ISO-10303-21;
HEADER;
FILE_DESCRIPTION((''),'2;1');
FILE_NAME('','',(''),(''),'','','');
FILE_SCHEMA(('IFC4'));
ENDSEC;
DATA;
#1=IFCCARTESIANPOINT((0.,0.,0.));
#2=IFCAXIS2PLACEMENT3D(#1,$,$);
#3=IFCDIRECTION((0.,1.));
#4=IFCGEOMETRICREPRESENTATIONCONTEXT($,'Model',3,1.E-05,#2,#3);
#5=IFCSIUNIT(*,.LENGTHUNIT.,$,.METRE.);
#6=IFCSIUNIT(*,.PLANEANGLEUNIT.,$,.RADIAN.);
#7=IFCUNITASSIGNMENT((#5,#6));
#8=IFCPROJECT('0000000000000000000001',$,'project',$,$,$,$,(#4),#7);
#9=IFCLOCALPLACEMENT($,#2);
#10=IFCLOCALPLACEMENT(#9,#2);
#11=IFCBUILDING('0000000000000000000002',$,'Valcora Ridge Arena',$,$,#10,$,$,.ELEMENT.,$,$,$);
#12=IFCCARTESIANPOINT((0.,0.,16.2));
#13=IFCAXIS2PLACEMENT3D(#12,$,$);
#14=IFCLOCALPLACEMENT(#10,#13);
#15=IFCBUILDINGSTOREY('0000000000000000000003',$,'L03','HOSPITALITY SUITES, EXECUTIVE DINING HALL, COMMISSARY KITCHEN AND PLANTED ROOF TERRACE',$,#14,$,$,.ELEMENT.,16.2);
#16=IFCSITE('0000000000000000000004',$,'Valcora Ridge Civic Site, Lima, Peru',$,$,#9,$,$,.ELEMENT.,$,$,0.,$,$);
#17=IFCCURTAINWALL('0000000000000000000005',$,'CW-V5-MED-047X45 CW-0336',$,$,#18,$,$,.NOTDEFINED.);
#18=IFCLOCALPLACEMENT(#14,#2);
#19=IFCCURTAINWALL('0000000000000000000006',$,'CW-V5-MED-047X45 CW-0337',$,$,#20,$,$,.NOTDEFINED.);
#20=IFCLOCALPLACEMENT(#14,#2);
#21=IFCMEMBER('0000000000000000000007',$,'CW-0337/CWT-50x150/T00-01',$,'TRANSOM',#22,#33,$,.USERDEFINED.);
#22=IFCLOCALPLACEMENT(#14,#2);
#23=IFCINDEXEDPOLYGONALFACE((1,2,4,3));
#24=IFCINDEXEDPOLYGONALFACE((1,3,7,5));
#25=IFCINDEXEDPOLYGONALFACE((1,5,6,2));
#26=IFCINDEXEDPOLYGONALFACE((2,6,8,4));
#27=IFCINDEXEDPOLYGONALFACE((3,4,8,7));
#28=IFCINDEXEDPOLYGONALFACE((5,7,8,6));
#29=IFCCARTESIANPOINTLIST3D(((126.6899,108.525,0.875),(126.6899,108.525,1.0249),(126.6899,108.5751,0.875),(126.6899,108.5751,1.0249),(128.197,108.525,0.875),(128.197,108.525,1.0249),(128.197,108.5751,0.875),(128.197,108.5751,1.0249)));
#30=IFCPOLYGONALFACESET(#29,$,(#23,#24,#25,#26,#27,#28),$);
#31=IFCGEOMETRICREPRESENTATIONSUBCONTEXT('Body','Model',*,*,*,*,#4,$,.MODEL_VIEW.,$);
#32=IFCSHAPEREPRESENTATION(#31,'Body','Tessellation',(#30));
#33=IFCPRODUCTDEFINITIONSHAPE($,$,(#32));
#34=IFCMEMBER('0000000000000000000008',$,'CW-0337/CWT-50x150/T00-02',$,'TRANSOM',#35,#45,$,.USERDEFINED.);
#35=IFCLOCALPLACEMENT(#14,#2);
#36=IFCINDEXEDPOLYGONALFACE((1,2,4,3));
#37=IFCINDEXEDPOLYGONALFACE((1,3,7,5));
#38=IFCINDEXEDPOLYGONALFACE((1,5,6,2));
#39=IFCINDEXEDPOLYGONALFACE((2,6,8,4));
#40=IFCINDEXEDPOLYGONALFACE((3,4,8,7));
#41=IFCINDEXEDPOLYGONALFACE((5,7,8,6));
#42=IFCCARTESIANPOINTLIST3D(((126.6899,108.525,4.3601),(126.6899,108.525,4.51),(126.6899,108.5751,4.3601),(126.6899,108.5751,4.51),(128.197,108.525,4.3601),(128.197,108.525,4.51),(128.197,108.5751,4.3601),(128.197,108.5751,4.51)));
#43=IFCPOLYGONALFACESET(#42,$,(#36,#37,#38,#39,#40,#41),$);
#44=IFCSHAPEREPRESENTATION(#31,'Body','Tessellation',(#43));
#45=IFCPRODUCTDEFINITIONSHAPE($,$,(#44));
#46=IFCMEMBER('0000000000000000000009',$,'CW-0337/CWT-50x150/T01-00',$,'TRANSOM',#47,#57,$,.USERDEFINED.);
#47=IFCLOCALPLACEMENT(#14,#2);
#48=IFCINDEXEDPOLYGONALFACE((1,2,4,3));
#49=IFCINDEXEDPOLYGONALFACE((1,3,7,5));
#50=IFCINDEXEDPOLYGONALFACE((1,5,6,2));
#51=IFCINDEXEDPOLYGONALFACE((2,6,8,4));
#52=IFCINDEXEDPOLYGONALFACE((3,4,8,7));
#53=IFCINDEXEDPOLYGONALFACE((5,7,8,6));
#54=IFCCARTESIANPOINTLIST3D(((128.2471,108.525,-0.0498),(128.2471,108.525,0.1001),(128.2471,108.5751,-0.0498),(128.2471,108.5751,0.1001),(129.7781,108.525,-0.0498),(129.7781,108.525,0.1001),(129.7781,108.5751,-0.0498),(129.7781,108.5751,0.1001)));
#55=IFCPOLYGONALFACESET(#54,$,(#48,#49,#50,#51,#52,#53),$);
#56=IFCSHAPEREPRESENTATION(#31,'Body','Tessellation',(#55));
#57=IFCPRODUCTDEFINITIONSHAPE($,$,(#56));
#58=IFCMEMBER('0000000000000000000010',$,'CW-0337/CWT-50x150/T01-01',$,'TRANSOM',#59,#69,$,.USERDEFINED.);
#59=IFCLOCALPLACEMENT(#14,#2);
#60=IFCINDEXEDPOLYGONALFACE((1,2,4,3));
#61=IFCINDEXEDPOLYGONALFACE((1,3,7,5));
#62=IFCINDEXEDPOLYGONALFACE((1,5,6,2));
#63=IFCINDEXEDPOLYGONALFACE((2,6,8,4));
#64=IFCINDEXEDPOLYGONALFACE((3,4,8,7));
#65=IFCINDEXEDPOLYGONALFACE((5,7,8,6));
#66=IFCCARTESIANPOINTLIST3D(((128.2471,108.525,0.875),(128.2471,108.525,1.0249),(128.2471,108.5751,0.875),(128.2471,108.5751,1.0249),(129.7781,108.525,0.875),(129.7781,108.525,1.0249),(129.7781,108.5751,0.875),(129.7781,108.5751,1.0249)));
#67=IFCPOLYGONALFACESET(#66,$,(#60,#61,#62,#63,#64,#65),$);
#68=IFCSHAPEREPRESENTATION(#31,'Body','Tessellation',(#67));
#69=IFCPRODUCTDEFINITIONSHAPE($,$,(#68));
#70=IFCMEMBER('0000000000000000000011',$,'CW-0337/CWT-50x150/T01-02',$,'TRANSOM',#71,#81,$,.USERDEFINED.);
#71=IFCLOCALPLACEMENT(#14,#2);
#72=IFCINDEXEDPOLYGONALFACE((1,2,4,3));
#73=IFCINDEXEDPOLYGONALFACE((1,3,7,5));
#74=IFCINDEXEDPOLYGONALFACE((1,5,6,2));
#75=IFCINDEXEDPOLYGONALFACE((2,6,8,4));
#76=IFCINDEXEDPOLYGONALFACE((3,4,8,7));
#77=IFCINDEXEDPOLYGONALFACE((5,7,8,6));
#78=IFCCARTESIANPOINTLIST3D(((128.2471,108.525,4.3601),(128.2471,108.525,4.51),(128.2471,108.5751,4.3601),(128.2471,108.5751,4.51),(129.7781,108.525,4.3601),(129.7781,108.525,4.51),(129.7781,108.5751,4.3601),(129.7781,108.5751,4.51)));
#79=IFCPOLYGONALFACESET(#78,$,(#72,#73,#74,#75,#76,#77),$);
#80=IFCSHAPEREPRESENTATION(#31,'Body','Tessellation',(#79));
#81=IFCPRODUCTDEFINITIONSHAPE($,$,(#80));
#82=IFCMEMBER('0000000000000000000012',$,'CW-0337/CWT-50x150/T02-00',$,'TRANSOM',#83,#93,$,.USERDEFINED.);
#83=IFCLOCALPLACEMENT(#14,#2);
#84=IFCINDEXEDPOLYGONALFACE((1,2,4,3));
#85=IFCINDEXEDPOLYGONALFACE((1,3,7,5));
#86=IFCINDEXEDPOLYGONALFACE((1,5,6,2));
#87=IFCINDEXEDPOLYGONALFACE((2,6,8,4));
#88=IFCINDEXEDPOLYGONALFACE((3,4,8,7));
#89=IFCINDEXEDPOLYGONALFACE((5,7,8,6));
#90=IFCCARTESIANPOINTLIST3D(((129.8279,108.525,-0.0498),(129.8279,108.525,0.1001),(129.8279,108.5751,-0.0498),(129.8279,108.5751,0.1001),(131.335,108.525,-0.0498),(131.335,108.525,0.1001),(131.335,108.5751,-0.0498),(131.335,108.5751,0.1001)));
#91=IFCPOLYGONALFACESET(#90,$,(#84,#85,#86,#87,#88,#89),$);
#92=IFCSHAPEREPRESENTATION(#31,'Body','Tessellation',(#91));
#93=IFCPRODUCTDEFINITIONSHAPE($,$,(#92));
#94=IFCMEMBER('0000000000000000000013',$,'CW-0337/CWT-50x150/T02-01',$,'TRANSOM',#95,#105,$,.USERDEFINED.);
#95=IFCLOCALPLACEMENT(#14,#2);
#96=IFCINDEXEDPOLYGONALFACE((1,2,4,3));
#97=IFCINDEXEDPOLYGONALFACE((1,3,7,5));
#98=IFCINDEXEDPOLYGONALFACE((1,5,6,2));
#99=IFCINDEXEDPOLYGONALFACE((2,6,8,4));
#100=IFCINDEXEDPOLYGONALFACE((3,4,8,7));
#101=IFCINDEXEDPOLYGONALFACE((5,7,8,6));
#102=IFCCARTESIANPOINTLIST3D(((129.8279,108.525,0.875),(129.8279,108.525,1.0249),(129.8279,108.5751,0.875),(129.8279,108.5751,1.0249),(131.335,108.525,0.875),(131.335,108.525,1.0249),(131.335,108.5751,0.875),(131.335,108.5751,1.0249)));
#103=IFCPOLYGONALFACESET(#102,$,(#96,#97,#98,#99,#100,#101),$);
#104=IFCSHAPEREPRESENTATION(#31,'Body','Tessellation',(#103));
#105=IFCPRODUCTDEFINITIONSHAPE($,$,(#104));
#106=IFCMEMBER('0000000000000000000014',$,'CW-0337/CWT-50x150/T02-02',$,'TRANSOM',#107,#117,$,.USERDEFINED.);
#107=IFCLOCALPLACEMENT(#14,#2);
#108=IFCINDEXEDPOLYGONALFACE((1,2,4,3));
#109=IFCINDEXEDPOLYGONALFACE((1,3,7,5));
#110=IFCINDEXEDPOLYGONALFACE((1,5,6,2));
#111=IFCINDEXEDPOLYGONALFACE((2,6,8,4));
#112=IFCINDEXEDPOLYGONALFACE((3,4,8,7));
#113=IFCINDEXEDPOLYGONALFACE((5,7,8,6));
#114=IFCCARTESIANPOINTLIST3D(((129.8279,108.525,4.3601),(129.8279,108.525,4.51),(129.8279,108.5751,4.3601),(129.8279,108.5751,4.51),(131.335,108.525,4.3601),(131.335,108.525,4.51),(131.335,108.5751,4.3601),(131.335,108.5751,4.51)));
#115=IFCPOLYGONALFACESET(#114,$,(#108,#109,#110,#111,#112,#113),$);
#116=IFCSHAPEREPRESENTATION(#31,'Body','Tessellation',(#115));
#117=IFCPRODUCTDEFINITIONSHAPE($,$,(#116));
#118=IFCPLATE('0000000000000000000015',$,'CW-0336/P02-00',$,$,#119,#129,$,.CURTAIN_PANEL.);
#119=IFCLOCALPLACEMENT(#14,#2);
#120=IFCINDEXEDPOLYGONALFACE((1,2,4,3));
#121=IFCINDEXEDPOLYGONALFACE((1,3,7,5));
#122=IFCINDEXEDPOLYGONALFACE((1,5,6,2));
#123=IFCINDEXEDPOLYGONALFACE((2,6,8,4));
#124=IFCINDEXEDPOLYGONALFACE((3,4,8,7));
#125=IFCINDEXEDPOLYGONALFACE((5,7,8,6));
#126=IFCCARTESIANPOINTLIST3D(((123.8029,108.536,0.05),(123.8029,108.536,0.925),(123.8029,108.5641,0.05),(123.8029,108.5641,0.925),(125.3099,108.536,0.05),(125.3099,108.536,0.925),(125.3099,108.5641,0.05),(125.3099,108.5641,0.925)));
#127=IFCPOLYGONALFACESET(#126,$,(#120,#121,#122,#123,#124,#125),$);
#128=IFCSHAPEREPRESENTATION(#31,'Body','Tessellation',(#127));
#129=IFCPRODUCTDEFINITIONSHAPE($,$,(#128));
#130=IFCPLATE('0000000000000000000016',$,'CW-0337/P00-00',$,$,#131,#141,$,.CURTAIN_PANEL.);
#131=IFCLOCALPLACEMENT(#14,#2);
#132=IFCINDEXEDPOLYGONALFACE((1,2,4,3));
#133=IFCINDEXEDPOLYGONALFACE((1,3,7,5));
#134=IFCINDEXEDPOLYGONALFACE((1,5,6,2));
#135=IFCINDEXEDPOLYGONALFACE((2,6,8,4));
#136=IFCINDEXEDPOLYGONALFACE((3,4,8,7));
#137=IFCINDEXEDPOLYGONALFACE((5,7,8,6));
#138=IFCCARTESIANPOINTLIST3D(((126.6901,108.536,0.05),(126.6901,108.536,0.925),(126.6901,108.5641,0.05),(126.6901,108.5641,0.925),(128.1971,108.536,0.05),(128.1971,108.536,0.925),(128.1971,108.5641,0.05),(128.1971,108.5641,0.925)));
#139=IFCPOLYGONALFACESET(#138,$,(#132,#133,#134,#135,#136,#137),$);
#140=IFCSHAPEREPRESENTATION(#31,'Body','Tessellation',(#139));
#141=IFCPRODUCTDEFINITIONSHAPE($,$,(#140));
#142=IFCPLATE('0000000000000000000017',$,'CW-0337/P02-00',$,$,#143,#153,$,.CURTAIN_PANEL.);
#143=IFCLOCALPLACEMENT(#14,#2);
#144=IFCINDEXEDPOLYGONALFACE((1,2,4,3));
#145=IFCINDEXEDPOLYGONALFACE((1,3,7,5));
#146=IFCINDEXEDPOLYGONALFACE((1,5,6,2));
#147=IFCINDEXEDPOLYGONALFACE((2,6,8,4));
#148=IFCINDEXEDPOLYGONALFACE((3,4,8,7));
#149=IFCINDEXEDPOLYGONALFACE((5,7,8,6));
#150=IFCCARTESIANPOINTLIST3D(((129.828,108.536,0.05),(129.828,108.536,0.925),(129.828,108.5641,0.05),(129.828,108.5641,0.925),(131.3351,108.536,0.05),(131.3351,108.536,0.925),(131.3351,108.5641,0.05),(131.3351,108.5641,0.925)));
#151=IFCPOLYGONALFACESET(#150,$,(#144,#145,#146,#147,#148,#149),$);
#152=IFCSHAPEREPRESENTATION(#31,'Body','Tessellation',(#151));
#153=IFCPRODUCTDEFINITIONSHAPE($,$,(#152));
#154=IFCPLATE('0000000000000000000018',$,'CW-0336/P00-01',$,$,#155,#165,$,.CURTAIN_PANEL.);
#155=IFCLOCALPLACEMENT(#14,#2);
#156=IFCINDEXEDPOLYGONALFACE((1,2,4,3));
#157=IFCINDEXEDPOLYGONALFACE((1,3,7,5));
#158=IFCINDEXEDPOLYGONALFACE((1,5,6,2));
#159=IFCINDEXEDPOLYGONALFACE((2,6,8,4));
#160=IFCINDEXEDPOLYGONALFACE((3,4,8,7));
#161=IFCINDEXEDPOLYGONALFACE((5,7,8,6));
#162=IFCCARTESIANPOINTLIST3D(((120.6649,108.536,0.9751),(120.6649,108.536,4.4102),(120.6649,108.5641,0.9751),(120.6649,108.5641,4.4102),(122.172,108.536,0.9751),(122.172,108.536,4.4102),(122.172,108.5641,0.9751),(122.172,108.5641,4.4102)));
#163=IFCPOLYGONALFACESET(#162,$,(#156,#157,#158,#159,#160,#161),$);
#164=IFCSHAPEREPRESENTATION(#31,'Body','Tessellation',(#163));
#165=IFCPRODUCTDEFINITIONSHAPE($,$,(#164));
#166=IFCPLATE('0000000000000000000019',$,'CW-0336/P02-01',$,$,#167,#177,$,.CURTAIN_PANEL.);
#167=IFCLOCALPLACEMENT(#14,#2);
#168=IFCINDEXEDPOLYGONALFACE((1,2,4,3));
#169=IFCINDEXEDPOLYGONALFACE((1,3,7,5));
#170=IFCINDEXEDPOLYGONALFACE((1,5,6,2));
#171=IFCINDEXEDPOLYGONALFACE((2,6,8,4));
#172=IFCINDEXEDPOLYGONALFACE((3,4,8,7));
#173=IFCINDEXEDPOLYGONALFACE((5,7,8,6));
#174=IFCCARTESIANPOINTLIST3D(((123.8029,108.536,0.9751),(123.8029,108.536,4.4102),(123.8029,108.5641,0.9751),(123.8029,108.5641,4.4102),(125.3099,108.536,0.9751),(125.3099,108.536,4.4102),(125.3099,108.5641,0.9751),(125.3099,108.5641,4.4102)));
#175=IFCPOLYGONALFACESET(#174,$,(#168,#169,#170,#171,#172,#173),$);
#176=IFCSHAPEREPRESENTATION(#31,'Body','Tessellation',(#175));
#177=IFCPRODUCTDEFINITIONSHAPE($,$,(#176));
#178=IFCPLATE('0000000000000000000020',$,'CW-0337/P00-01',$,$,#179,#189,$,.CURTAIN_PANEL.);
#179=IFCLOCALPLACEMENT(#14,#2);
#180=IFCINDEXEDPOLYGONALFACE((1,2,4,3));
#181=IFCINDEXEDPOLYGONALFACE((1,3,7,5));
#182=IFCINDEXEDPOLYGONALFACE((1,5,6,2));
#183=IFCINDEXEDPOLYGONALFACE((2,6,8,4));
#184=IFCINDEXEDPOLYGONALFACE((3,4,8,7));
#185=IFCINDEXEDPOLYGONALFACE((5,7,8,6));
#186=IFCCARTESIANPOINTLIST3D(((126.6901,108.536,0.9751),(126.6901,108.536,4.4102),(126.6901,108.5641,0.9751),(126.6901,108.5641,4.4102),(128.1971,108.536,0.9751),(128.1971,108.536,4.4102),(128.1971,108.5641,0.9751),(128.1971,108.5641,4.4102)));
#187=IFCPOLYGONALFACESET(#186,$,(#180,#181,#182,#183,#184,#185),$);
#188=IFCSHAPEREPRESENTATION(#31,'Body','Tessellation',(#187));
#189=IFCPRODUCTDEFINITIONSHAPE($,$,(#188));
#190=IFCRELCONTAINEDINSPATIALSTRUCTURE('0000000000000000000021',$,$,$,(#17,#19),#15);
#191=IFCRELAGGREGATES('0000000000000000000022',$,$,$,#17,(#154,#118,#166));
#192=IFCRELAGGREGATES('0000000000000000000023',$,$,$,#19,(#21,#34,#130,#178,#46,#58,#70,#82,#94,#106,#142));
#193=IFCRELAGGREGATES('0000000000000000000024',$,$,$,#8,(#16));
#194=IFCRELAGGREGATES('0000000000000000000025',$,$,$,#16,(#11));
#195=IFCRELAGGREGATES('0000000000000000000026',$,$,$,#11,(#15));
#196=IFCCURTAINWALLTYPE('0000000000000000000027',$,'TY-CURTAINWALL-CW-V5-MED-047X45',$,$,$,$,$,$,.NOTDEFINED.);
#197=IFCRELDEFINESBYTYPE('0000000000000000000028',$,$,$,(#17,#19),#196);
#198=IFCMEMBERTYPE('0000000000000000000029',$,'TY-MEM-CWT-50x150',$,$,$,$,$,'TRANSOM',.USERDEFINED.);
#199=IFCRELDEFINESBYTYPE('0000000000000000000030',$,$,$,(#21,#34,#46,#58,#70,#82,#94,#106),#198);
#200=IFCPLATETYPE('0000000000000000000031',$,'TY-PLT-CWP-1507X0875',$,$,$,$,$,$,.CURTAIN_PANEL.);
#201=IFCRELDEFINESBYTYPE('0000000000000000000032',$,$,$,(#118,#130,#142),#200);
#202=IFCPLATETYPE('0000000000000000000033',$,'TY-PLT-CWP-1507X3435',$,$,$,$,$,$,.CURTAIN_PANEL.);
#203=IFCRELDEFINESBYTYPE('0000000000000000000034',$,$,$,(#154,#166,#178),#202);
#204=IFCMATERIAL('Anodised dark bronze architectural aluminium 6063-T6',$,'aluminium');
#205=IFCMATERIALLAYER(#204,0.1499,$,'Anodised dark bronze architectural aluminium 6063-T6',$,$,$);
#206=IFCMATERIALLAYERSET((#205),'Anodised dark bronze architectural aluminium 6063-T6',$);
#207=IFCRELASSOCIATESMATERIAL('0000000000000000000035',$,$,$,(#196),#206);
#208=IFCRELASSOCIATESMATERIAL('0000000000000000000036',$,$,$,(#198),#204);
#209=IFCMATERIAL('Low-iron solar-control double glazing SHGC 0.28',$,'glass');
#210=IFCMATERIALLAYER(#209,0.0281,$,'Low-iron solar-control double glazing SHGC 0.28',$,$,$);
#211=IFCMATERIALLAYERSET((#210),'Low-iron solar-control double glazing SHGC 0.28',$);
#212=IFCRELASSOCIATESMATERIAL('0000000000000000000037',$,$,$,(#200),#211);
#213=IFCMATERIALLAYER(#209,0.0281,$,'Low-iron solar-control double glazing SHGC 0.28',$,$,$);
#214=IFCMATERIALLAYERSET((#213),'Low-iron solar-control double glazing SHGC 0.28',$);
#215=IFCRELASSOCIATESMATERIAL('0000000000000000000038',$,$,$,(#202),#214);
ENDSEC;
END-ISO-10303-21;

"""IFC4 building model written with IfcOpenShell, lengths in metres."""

from ifc_helpers import new_model, si_unit, direction, frame, origin, origin_2d, place, context, subcontext, project, spatial, rectangle, extrude, material, layer, layer_set, material_profile, profile_set, type_object, element, aggregate, save


model = new_model("IFC4")

# Units and contexts
model_context = context("Model", 3, precision=1e-05, world=origin(), true_north=direction((0.0, 1.0)))
body_context = subcontext(model_context, "Body", "Model", "MODEL_VIEW")
ifc_project = project(units=[si_unit("LENGTHUNIT", "METRE"), si_unit("PLANEANGLEUNIT", "RADIAN")], contexts=[model_context])

# Site, building, storey
site_placement = place(None, origin())
site = spatial("IfcSite", under=ifc_project, at=site_placement, Name="Valcora Ridge Civic Site, Lima, Peru", CompositionType="ELEMENT", RefElevation=0.0)
building_placement = place(site_placement, origin())
building = spatial("IfcBuilding", under=site, at=building_placement, Name="Valcora Ridge Arena", CompositionType="ELEMENT")
storey_placement = place(building_placement, frame((0.0, 0.0, 16.2)))
storey = spatial("IfcBuildingStorey", under=building, at=storey_placement, Name="L03", Description="HOSPITALITY SUITES, EXECUTIVE DINING HALL, COMMISSARY KITCHEN AND PLANTED ROOF TERRACE", CompositionType="ELEMENT", Elevation=16.2)

# Curtain walls
ifc_material_1 = material(Name="Anodised dark bronze architectural aluminium 6063-T6", Category="aluminium")
ifc_layer_1 = layer(ifc_material_1, 0.1499, Name="Anodised dark bronze architectural aluminium 6063-T6")
ifc_layer_set_1 = layer_set([ifc_layer_1], Name="Anodised dark bronze architectural aluminium 6063-T6")
curtain_wall_type = type_object("IfcCurtainWallType", Name="TY-CURTAINWALL-CW-V5-MED-047X45", PredefinedType="NOTDEFINED", material=ifc_layer_set_1)
curtain_wall_1_placement = place(storey_placement, origin())
curtain_wall_1 = element("IfcCurtainWall", 1, at=curtain_wall_1_placement, inside=storey, type_object=curtain_wall_type, Name="CW-V5-MED-047X45 CW-0336", PredefinedType="NOTDEFINED")
curtain_wall_2_placement = place(storey_placement, origin())
curtain_wall_2 = element("IfcCurtainWall", 2, at=curtain_wall_2_placement, inside=storey, type_object=curtain_wall_type, Name="CW-V5-MED-047X45 CW-0337", PredefinedType="NOTDEFINED")

# Members
ifc_material_profile_1 = material_profile(ifc_material_1, rectangle(XDim=0.05, YDim=0.1499, at=origin_2d()), Name="ALU TRANSOM 50x150")
ifc_profile_set_1 = profile_set([ifc_material_profile_1], Name="Anodised dark bronze architectural aluminium 6063-T6")
member_type_1 = type_object("IfcMemberType", Name="TY-MEM-CWT-50x150", ElementType="TRANSOM", PredefinedType="USERDEFINED", material=ifc_profile_set_1)
member_1_placement = place(storey_placement, frame((126.6899, 108.55, 0.95), z_axis=(1.0, 0.0, 0.0), x_axis=(0.0, 1.0, 0.0)))
member_1 = element("IfcMember", 3, at=member_1_placement, type_object=member_type_1, Name="CW-0337/CWT-50x150/T00-01", ObjectType="TRANSOM", PredefinedType="USERDEFINED", context=body_context, shape_type="SweptSolid", body=[
    extrude(rectangle(XDim=0.05, YDim=0.1499, at=origin_2d()), origin(), (0.0, 0.0, 1.0), 1.5071),
])
member_2_placement = place(storey_placement, frame((126.6899, 108.55, 4.4351), z_axis=(1.0, 0.0, 0.0), x_axis=(0.0, 1.0, 0.0)))
member_2 = element("IfcMember", 4, at=member_2_placement, type_object=member_type_1, Name="CW-0337/CWT-50x150/T00-02", ObjectType="TRANSOM", PredefinedType="USERDEFINED", context=body_context, shape_type="SweptSolid", body=[
    extrude(rectangle(XDim=0.05, YDim=0.1499, at=origin_2d()), origin(), (0.0, 0.0, 1.0), 1.5071),
])
member_3_placement = place(storey_placement, frame((128.2471, 108.55, 0.0251), z_axis=(1.0, 0.0, 0.0), x_axis=(0.0, 1.0, 0.0)))
member_3 = element("IfcMember", 5, at=member_3_placement, type_object=member_type_1, Name="CW-0337/CWT-50x150/T01-00", ObjectType="TRANSOM", PredefinedType="USERDEFINED", context=body_context, shape_type="SweptSolid", body=[
    extrude(rectangle(XDim=0.05, YDim=0.1499, at=origin_2d()), origin(), (0.0, 0.0, 1.0), 1.531),
])
member_4_placement = place(storey_placement, frame((128.2471, 108.55, 0.95), z_axis=(1.0, 0.0, 0.0), x_axis=(0.0, 1.0, 0.0)))
member_4 = element("IfcMember", 6, at=member_4_placement, type_object=member_type_1, Name="CW-0337/CWT-50x150/T01-01", ObjectType="TRANSOM", PredefinedType="USERDEFINED", context=body_context, shape_type="SweptSolid", body=[
    extrude(rectangle(XDim=0.05, YDim=0.1499, at=origin_2d()), origin(), (0.0, 0.0, 1.0), 1.531),
])
member_5_placement = place(storey_placement, frame((128.2471, 108.55, 4.4351), z_axis=(1.0, 0.0, 0.0), x_axis=(0.0, 1.0, 0.0)))
member_5 = element("IfcMember", 7, at=member_5_placement, type_object=member_type_1, Name="CW-0337/CWT-50x150/T01-02", ObjectType="TRANSOM", PredefinedType="USERDEFINED", context=body_context, shape_type="SweptSolid", body=[
    extrude(rectangle(XDim=0.05, YDim=0.1499, at=origin_2d()), origin(), (0.0, 0.0, 1.0), 1.531),
])
member_6_placement = place(storey_placement, frame((129.8279, 108.55, 0.0251), z_axis=(1.0, 0.0, 0.0), x_axis=(0.0, 1.0, 0.0)))
member_6 = element("IfcMember", 8, at=member_6_placement, type_object=member_type_1, Name="CW-0337/CWT-50x150/T02-00", ObjectType="TRANSOM", PredefinedType="USERDEFINED", context=body_context, shape_type="SweptSolid", body=[
    extrude(rectangle(XDim=0.05, YDim=0.1499, at=origin_2d()), origin(), (0.0, 0.0, 1.0), 1.5071),
])
member_7_placement = place(storey_placement, frame((129.8279, 108.55, 0.95), z_axis=(1.0, 0.0, 0.0), x_axis=(0.0, 1.0, 0.0)))
member_7 = element("IfcMember", 9, at=member_7_placement, type_object=member_type_1, Name="CW-0337/CWT-50x150/T02-01", ObjectType="TRANSOM", PredefinedType="USERDEFINED", context=body_context, shape_type="SweptSolid", body=[
    extrude(rectangle(XDim=0.05, YDim=0.1499, at=origin_2d()), origin(), (0.0, 0.0, 1.0), 1.5071),
])
member_8_placement = place(storey_placement, frame((129.8279, 108.55, 4.4351), z_axis=(1.0, 0.0, 0.0), x_axis=(0.0, 1.0, 0.0)))
member_8 = element("IfcMember", 10, at=member_8_placement, type_object=member_type_1, Name="CW-0337/CWT-50x150/T02-02", ObjectType="TRANSOM", PredefinedType="USERDEFINED", context=body_context, shape_type="SweptSolid", body=[
    extrude(rectangle(XDim=0.05, YDim=0.1499, at=origin_2d()), origin(), (0.0, 0.0, 1.0), 1.5071),
])

# Plates
ifc_material_2 = material(Name="Low-iron solar-control double glazing SHGC 0.28", Category="glass")
ifc_layer_2 = layer(ifc_material_2, 0.0281, Name="Low-iron solar-control double glazing SHGC 0.28")
ifc_layer_set_2 = layer_set([ifc_layer_2], Name="Low-iron solar-control double glazing SHGC 0.28")
plate_type_1 = type_object("IfcPlateType", Name="TY-PLT-CWP-1507X0875", PredefinedType="CURTAIN_PANEL", material=ifc_layer_set_2)
plate_1_placement = place(storey_placement, frame((124.5564, 108.55, 0.05), z_axis=(0.0, 0.0, 1.0), x_axis=(1.0, 0.0, 0.0)))
plate_1 = element("IfcPlate", 11, at=plate_1_placement, type_object=plate_type_1, Name="CW-0336/P02-00", PredefinedType="CURTAIN_PANEL", context=body_context, shape_type="SweptSolid", body=[
    extrude(rectangle(XDim=1.5071, YDim=0.0281, at=origin_2d()), origin(), (0.0, 0.0, 1.0), 0.875),
])
plate_2_placement = place(storey_placement, frame((127.4436, 108.55, 0.05), z_axis=(0.0, 0.0, 1.0), x_axis=(1.0, 0.0, 0.0)))
plate_2 = element("IfcPlate", 12, at=plate_2_placement, type_object=plate_type_1, Name="CW-0337/P00-00", PredefinedType="CURTAIN_PANEL", context=body_context, shape_type="SweptSolid", body=[
    extrude(rectangle(XDim=1.5071, YDim=0.0281, at=origin_2d()), origin(), (0.0, 0.0, 1.0), 0.875),
])
plate_3_placement = place(storey_placement, frame((130.5815, 108.55, 0.05), z_axis=(0.0, 0.0, 1.0), x_axis=(1.0, 0.0, 0.0)))
plate_3 = element("IfcPlate", 13, at=plate_3_placement, type_object=plate_type_1, Name="CW-0337/P02-00", PredefinedType="CURTAIN_PANEL", context=body_context, shape_type="SweptSolid", body=[
    extrude(rectangle(XDim=1.5071, YDim=0.0281, at=origin_2d()), origin(), (0.0, 0.0, 1.0), 0.875),
])
ifc_layer_3 = layer(ifc_material_2, 0.0281, Name="Low-iron solar-control double glazing SHGC 0.28")
ifc_layer_set_3 = layer_set([ifc_layer_3], Name="Low-iron solar-control double glazing SHGC 0.28")
plate_type_2 = type_object("IfcPlateType", Name="TY-PLT-CWP-1507X3435", PredefinedType="CURTAIN_PANEL", material=ifc_layer_set_3)
plate_4_placement = place(storey_placement, frame((121.4185, 108.55, 0.9751), z_axis=(0.0, 0.0, 1.0), x_axis=(1.0, 0.0, 0.0)))
plate_4 = element("IfcPlate", 14, at=plate_4_placement, type_object=plate_type_2, Name="CW-0336/P00-01", PredefinedType="CURTAIN_PANEL", context=body_context, shape_type="SweptSolid", body=[
    extrude(rectangle(XDim=1.5071, YDim=0.0281, at=origin_2d()), origin(), (0.0, 0.0, 1.0), 3.4351),
])
plate_5_placement = place(storey_placement, frame((124.5564, 108.55, 0.9751), z_axis=(0.0, 0.0, 1.0), x_axis=(1.0, 0.0, 0.0)))
plate_5 = element("IfcPlate", 15, at=plate_5_placement, type_object=plate_type_2, Name="CW-0336/P02-01", PredefinedType="CURTAIN_PANEL", context=body_context, shape_type="SweptSolid", body=[
    extrude(rectangle(XDim=1.5071, YDim=0.0281, at=origin_2d()), origin(), (0.0, 0.0, 1.0), 3.4351),
])
plate_6_placement = place(storey_placement, frame((127.4436, 108.55, 0.9751), z_axis=(0.0, 0.0, 1.0), x_axis=(1.0, 0.0, 0.0)))
plate_6 = element("IfcPlate", 16, at=plate_6_placement, type_object=plate_type_2, Name="CW-0337/P00-01", PredefinedType="CURTAIN_PANEL", context=body_context, shape_type="SweptSolid", body=[
    extrude(rectangle(XDim=1.5071, YDim=0.0281, at=origin_2d()), origin(), (0.0, 0.0, 1.0), 3.4351),
])
aggregate(curtain_wall_1, [plate_4, plate_1, plate_5])
aggregate(curtain_wall_2, [member_1, member_2, plate_2, plate_6, member_3, member_4, member_5, member_6, member_7, member_8, plate_3])

save(model, "model.ifc")
